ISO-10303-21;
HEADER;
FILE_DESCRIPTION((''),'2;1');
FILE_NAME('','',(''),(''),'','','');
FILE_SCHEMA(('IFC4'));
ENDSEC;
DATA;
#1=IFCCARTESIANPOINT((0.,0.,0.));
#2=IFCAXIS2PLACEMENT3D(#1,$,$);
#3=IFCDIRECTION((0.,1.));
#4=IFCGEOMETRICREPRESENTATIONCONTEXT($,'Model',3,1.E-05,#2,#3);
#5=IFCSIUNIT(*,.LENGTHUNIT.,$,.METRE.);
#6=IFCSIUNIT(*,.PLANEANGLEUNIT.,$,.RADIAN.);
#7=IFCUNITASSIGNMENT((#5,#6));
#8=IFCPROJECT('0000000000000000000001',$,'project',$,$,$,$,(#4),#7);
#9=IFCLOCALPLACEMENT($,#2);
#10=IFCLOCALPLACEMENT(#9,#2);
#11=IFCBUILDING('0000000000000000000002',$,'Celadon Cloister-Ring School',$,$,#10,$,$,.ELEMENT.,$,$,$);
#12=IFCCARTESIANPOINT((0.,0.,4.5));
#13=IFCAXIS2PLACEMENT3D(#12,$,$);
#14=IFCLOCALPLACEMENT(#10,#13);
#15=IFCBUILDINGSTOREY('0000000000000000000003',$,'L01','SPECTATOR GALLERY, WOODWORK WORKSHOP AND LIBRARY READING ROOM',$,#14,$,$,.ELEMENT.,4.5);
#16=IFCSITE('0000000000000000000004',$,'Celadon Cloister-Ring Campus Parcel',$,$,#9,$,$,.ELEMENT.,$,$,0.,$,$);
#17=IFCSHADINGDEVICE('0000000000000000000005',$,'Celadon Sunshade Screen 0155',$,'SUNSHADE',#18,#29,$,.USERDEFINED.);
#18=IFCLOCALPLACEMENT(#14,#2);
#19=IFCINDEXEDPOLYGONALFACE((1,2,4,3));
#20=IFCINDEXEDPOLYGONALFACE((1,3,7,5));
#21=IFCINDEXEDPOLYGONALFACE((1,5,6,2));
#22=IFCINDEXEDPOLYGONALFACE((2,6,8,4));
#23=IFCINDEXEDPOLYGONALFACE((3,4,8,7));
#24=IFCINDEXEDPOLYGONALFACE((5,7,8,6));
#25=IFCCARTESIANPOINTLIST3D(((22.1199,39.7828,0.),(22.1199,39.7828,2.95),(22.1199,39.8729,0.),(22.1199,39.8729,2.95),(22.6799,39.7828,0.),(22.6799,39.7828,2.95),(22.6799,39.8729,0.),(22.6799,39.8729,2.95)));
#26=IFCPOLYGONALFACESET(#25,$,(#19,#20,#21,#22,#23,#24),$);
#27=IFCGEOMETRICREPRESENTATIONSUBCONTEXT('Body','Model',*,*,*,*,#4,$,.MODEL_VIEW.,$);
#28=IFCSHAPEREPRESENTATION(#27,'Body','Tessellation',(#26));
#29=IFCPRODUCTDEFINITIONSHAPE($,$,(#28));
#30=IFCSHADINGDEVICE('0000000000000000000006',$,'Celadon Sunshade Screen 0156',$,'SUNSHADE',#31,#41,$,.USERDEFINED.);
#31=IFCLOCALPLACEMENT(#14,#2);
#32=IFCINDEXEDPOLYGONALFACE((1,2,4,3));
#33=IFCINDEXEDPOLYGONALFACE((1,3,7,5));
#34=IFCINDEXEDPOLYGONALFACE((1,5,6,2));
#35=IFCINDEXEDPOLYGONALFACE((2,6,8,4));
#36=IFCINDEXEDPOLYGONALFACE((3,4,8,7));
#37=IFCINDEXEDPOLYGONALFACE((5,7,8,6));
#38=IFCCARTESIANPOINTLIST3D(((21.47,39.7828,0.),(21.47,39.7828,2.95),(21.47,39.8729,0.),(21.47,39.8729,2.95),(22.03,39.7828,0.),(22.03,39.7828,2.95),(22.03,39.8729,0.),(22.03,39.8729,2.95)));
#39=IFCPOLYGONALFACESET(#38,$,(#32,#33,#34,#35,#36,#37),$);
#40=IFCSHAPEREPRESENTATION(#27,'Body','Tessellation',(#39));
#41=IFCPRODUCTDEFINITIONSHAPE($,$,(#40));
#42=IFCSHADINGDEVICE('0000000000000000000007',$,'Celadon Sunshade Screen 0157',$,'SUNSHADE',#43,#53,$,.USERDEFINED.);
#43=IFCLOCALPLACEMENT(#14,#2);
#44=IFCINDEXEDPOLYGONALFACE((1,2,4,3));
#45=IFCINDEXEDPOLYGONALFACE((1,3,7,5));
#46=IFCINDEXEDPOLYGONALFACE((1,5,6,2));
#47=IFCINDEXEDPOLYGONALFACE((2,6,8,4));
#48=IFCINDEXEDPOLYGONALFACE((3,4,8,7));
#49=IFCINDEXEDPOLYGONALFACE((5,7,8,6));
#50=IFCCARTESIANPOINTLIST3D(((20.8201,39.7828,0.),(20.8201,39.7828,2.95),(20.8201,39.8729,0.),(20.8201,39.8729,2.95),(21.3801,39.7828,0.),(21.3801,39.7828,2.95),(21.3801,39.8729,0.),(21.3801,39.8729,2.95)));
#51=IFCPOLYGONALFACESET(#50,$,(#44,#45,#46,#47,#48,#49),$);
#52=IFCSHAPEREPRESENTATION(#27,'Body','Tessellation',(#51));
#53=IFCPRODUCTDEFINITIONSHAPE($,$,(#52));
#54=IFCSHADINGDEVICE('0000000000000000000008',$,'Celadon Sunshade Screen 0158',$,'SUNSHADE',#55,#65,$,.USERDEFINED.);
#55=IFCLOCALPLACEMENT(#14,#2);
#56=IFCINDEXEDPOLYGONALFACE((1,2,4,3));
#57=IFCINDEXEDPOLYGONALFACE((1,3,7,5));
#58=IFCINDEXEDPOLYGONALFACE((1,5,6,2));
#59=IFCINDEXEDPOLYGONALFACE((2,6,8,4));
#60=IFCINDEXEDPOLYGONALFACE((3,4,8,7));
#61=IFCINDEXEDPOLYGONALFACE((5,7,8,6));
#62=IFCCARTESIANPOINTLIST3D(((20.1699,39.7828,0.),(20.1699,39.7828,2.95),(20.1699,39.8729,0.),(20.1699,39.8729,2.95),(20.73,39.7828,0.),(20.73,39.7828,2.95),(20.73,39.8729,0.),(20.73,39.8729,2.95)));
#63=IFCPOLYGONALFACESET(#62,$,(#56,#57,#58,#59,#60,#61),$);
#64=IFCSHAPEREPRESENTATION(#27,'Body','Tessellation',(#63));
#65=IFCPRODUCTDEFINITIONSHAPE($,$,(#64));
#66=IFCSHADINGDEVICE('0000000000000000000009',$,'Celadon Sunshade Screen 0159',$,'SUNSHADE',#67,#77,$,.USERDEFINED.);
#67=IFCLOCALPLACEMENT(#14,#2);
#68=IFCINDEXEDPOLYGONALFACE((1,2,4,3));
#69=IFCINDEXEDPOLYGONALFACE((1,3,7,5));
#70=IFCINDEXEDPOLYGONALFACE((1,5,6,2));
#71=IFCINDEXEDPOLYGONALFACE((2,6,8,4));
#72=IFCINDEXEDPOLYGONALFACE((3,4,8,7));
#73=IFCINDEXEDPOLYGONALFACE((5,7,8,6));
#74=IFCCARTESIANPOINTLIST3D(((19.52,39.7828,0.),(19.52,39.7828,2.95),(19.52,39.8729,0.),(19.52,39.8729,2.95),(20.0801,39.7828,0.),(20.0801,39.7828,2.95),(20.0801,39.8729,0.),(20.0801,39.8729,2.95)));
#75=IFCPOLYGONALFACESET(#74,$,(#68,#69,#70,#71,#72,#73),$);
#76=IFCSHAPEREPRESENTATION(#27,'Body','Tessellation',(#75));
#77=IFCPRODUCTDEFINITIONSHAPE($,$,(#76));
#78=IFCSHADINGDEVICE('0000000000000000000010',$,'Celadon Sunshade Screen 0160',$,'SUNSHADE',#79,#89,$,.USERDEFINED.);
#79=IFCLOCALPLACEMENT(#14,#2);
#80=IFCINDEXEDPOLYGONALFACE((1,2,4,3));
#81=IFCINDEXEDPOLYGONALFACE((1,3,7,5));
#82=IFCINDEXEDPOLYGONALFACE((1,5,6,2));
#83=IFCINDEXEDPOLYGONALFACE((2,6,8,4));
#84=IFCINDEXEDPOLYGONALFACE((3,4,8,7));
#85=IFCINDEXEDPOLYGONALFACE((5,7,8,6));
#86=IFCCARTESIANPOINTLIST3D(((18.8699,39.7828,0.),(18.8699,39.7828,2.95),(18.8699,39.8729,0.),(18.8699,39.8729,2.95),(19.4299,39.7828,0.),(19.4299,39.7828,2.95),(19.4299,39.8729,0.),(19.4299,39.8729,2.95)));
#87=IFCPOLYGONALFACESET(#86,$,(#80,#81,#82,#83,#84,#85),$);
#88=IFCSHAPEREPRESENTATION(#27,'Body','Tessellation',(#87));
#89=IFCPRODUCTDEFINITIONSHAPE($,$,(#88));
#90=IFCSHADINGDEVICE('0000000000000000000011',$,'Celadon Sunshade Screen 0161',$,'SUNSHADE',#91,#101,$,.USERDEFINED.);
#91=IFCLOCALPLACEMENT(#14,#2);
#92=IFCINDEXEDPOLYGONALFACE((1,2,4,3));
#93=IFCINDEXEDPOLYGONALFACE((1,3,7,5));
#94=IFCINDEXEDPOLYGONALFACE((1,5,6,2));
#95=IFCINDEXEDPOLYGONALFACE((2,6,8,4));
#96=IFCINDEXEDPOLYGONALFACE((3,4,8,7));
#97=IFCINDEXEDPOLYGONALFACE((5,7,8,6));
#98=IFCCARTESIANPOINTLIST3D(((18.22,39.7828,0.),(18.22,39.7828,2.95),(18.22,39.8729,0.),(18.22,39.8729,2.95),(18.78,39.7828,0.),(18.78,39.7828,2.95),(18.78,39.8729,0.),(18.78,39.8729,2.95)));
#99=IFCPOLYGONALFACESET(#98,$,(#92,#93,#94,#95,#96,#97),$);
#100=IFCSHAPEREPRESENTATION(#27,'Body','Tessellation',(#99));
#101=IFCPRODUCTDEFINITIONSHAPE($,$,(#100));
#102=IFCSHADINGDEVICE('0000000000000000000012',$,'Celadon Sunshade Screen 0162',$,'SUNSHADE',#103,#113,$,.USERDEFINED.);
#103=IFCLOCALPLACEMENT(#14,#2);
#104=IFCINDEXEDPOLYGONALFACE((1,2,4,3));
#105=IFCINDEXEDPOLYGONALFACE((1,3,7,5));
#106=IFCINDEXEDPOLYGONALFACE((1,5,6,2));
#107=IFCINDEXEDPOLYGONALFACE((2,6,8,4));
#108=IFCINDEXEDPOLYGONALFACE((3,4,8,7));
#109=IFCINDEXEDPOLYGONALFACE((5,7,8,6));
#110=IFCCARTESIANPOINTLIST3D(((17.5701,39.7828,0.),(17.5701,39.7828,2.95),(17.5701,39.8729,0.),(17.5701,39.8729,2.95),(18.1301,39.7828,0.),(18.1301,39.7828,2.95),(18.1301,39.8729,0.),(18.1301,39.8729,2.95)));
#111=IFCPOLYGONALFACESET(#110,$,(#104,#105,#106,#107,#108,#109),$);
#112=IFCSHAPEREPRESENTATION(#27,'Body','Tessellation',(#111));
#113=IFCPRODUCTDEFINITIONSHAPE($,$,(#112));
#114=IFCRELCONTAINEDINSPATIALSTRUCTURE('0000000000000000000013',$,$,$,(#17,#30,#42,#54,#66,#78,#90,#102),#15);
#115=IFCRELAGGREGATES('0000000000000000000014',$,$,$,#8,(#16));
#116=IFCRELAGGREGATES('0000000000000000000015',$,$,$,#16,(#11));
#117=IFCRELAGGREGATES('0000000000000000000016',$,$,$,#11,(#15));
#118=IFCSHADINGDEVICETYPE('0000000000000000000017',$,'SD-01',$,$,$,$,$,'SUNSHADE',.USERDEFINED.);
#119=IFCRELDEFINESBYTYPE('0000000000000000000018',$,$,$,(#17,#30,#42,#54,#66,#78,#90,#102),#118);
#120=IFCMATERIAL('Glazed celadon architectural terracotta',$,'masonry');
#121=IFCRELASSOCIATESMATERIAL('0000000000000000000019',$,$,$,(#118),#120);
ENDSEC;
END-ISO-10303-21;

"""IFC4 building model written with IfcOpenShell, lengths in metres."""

from ifc_helpers import new_model, si_unit, direction, frame, origin, origin_2d, place, context, subcontext, project, spatial, rectangle, extrude, material, type_object, element, save


model = new_model("IFC4")

# Units and contexts
model_context = context("Model", 3, precision=1e-05, world=origin(), true_north=direction((0.0, 1.0)))
body_context = subcontext(model_context, "Body", "Model", "MODEL_VIEW")
ifc_project = project(units=[si_unit("LENGTHUNIT", "METRE"), si_unit("PLANEANGLEUNIT", "RADIAN")], contexts=[model_context])

# Site, building, storey
site_placement = place(None, origin())
site = spatial("IfcSite", under=ifc_project, at=site_placement, Name="Celadon Cloister-Ring Campus Parcel", CompositionType="ELEMENT", RefElevation=0.0)
building_placement = place(site_placement, origin())
building = spatial("IfcBuilding", under=site, at=building_placement, Name="Celadon Cloister-Ring School", CompositionType="ELEMENT")
storey_placement = place(building_placement, frame((0.0, 0.0, 4.5)))
storey = spatial("IfcBuildingStorey", under=building, at=storey_placement, Name="L01", Description="SPECTATOR GALLERY, WOODWORK WORKSHOP AND LIBRARY READING ROOM", CompositionType="ELEMENT", Elevation=4.5)

# Shading devices
ifc_material_1 = material(Name="Glazed celadon architectural terracotta", Category="masonry")
shading_device_type = type_object("IfcShadingDeviceType", Name="SD-01", ElementType="SUNSHADE", PredefinedType="USERDEFINED", material=ifc_material_1)
for number, where, z_axis, x_axis, name in (
    (1, (22.3999, 39.8279, 0.0), (0.0, 0.0, 1.0), (-1.0, 0.0, 0.0), "Celadon Sunshade Screen 0155"),
    (2, (21.75, 39.8279, 0.0), (0.0, 0.0, 1.0), (-1.0, 0.0, 0.0), "Celadon Sunshade Screen 0156"),
    (3, (21.1001, 39.8279, 0.0), (0.0, 0.0, 1.0), (-1.0, 0.0, 0.0), "Celadon Sunshade Screen 0157"),
    (4, (20.45, 39.8279, 0.0), (0.0, 0.0, 1.0), (-1.0, 0.0, 0.0), "Celadon Sunshade Screen 0158"),
    (5, (19.8, 39.8279, 0.0), (0.0, 0.0, 1.0), (-1.0, 0.0, 0.0), "Celadon Sunshade Screen 0159"),
    (6, (19.1499, 39.8279, 0.0), (0.0, 0.0, 1.0), (-1.0, 0.0, 0.0), "Celadon Sunshade Screen 0160"),
    (7, (18.5, 39.8279, 0.0), (0.0, 0.0, 1.0), (-1.0, 0.0, 0.0), "Celadon Sunshade Screen 0161"),
    (8, (17.8501, 39.8279, 0.0), (0.0, 0.0, 1.0), (-1.0, 0.0, 0.0), "Celadon Sunshade Screen 0162"),
):
    element("IfcShadingDevice", number, at=place(storey_placement, frame(where, z_axis=z_axis, x_axis=x_axis)), inside=storey, type_object=shading_device_type, Name=name, ObjectType="SUNSHADE", PredefinedType="USERDEFINED", context=body_context, shape_type="SweptSolid", body=[
        extrude(rectangle(XDim=0.5601, YDim=0.0901, at=origin_2d()), origin(), (0.0, 0.0, 1.0), 2.95),
    ])

save(model, "model.ifc")
